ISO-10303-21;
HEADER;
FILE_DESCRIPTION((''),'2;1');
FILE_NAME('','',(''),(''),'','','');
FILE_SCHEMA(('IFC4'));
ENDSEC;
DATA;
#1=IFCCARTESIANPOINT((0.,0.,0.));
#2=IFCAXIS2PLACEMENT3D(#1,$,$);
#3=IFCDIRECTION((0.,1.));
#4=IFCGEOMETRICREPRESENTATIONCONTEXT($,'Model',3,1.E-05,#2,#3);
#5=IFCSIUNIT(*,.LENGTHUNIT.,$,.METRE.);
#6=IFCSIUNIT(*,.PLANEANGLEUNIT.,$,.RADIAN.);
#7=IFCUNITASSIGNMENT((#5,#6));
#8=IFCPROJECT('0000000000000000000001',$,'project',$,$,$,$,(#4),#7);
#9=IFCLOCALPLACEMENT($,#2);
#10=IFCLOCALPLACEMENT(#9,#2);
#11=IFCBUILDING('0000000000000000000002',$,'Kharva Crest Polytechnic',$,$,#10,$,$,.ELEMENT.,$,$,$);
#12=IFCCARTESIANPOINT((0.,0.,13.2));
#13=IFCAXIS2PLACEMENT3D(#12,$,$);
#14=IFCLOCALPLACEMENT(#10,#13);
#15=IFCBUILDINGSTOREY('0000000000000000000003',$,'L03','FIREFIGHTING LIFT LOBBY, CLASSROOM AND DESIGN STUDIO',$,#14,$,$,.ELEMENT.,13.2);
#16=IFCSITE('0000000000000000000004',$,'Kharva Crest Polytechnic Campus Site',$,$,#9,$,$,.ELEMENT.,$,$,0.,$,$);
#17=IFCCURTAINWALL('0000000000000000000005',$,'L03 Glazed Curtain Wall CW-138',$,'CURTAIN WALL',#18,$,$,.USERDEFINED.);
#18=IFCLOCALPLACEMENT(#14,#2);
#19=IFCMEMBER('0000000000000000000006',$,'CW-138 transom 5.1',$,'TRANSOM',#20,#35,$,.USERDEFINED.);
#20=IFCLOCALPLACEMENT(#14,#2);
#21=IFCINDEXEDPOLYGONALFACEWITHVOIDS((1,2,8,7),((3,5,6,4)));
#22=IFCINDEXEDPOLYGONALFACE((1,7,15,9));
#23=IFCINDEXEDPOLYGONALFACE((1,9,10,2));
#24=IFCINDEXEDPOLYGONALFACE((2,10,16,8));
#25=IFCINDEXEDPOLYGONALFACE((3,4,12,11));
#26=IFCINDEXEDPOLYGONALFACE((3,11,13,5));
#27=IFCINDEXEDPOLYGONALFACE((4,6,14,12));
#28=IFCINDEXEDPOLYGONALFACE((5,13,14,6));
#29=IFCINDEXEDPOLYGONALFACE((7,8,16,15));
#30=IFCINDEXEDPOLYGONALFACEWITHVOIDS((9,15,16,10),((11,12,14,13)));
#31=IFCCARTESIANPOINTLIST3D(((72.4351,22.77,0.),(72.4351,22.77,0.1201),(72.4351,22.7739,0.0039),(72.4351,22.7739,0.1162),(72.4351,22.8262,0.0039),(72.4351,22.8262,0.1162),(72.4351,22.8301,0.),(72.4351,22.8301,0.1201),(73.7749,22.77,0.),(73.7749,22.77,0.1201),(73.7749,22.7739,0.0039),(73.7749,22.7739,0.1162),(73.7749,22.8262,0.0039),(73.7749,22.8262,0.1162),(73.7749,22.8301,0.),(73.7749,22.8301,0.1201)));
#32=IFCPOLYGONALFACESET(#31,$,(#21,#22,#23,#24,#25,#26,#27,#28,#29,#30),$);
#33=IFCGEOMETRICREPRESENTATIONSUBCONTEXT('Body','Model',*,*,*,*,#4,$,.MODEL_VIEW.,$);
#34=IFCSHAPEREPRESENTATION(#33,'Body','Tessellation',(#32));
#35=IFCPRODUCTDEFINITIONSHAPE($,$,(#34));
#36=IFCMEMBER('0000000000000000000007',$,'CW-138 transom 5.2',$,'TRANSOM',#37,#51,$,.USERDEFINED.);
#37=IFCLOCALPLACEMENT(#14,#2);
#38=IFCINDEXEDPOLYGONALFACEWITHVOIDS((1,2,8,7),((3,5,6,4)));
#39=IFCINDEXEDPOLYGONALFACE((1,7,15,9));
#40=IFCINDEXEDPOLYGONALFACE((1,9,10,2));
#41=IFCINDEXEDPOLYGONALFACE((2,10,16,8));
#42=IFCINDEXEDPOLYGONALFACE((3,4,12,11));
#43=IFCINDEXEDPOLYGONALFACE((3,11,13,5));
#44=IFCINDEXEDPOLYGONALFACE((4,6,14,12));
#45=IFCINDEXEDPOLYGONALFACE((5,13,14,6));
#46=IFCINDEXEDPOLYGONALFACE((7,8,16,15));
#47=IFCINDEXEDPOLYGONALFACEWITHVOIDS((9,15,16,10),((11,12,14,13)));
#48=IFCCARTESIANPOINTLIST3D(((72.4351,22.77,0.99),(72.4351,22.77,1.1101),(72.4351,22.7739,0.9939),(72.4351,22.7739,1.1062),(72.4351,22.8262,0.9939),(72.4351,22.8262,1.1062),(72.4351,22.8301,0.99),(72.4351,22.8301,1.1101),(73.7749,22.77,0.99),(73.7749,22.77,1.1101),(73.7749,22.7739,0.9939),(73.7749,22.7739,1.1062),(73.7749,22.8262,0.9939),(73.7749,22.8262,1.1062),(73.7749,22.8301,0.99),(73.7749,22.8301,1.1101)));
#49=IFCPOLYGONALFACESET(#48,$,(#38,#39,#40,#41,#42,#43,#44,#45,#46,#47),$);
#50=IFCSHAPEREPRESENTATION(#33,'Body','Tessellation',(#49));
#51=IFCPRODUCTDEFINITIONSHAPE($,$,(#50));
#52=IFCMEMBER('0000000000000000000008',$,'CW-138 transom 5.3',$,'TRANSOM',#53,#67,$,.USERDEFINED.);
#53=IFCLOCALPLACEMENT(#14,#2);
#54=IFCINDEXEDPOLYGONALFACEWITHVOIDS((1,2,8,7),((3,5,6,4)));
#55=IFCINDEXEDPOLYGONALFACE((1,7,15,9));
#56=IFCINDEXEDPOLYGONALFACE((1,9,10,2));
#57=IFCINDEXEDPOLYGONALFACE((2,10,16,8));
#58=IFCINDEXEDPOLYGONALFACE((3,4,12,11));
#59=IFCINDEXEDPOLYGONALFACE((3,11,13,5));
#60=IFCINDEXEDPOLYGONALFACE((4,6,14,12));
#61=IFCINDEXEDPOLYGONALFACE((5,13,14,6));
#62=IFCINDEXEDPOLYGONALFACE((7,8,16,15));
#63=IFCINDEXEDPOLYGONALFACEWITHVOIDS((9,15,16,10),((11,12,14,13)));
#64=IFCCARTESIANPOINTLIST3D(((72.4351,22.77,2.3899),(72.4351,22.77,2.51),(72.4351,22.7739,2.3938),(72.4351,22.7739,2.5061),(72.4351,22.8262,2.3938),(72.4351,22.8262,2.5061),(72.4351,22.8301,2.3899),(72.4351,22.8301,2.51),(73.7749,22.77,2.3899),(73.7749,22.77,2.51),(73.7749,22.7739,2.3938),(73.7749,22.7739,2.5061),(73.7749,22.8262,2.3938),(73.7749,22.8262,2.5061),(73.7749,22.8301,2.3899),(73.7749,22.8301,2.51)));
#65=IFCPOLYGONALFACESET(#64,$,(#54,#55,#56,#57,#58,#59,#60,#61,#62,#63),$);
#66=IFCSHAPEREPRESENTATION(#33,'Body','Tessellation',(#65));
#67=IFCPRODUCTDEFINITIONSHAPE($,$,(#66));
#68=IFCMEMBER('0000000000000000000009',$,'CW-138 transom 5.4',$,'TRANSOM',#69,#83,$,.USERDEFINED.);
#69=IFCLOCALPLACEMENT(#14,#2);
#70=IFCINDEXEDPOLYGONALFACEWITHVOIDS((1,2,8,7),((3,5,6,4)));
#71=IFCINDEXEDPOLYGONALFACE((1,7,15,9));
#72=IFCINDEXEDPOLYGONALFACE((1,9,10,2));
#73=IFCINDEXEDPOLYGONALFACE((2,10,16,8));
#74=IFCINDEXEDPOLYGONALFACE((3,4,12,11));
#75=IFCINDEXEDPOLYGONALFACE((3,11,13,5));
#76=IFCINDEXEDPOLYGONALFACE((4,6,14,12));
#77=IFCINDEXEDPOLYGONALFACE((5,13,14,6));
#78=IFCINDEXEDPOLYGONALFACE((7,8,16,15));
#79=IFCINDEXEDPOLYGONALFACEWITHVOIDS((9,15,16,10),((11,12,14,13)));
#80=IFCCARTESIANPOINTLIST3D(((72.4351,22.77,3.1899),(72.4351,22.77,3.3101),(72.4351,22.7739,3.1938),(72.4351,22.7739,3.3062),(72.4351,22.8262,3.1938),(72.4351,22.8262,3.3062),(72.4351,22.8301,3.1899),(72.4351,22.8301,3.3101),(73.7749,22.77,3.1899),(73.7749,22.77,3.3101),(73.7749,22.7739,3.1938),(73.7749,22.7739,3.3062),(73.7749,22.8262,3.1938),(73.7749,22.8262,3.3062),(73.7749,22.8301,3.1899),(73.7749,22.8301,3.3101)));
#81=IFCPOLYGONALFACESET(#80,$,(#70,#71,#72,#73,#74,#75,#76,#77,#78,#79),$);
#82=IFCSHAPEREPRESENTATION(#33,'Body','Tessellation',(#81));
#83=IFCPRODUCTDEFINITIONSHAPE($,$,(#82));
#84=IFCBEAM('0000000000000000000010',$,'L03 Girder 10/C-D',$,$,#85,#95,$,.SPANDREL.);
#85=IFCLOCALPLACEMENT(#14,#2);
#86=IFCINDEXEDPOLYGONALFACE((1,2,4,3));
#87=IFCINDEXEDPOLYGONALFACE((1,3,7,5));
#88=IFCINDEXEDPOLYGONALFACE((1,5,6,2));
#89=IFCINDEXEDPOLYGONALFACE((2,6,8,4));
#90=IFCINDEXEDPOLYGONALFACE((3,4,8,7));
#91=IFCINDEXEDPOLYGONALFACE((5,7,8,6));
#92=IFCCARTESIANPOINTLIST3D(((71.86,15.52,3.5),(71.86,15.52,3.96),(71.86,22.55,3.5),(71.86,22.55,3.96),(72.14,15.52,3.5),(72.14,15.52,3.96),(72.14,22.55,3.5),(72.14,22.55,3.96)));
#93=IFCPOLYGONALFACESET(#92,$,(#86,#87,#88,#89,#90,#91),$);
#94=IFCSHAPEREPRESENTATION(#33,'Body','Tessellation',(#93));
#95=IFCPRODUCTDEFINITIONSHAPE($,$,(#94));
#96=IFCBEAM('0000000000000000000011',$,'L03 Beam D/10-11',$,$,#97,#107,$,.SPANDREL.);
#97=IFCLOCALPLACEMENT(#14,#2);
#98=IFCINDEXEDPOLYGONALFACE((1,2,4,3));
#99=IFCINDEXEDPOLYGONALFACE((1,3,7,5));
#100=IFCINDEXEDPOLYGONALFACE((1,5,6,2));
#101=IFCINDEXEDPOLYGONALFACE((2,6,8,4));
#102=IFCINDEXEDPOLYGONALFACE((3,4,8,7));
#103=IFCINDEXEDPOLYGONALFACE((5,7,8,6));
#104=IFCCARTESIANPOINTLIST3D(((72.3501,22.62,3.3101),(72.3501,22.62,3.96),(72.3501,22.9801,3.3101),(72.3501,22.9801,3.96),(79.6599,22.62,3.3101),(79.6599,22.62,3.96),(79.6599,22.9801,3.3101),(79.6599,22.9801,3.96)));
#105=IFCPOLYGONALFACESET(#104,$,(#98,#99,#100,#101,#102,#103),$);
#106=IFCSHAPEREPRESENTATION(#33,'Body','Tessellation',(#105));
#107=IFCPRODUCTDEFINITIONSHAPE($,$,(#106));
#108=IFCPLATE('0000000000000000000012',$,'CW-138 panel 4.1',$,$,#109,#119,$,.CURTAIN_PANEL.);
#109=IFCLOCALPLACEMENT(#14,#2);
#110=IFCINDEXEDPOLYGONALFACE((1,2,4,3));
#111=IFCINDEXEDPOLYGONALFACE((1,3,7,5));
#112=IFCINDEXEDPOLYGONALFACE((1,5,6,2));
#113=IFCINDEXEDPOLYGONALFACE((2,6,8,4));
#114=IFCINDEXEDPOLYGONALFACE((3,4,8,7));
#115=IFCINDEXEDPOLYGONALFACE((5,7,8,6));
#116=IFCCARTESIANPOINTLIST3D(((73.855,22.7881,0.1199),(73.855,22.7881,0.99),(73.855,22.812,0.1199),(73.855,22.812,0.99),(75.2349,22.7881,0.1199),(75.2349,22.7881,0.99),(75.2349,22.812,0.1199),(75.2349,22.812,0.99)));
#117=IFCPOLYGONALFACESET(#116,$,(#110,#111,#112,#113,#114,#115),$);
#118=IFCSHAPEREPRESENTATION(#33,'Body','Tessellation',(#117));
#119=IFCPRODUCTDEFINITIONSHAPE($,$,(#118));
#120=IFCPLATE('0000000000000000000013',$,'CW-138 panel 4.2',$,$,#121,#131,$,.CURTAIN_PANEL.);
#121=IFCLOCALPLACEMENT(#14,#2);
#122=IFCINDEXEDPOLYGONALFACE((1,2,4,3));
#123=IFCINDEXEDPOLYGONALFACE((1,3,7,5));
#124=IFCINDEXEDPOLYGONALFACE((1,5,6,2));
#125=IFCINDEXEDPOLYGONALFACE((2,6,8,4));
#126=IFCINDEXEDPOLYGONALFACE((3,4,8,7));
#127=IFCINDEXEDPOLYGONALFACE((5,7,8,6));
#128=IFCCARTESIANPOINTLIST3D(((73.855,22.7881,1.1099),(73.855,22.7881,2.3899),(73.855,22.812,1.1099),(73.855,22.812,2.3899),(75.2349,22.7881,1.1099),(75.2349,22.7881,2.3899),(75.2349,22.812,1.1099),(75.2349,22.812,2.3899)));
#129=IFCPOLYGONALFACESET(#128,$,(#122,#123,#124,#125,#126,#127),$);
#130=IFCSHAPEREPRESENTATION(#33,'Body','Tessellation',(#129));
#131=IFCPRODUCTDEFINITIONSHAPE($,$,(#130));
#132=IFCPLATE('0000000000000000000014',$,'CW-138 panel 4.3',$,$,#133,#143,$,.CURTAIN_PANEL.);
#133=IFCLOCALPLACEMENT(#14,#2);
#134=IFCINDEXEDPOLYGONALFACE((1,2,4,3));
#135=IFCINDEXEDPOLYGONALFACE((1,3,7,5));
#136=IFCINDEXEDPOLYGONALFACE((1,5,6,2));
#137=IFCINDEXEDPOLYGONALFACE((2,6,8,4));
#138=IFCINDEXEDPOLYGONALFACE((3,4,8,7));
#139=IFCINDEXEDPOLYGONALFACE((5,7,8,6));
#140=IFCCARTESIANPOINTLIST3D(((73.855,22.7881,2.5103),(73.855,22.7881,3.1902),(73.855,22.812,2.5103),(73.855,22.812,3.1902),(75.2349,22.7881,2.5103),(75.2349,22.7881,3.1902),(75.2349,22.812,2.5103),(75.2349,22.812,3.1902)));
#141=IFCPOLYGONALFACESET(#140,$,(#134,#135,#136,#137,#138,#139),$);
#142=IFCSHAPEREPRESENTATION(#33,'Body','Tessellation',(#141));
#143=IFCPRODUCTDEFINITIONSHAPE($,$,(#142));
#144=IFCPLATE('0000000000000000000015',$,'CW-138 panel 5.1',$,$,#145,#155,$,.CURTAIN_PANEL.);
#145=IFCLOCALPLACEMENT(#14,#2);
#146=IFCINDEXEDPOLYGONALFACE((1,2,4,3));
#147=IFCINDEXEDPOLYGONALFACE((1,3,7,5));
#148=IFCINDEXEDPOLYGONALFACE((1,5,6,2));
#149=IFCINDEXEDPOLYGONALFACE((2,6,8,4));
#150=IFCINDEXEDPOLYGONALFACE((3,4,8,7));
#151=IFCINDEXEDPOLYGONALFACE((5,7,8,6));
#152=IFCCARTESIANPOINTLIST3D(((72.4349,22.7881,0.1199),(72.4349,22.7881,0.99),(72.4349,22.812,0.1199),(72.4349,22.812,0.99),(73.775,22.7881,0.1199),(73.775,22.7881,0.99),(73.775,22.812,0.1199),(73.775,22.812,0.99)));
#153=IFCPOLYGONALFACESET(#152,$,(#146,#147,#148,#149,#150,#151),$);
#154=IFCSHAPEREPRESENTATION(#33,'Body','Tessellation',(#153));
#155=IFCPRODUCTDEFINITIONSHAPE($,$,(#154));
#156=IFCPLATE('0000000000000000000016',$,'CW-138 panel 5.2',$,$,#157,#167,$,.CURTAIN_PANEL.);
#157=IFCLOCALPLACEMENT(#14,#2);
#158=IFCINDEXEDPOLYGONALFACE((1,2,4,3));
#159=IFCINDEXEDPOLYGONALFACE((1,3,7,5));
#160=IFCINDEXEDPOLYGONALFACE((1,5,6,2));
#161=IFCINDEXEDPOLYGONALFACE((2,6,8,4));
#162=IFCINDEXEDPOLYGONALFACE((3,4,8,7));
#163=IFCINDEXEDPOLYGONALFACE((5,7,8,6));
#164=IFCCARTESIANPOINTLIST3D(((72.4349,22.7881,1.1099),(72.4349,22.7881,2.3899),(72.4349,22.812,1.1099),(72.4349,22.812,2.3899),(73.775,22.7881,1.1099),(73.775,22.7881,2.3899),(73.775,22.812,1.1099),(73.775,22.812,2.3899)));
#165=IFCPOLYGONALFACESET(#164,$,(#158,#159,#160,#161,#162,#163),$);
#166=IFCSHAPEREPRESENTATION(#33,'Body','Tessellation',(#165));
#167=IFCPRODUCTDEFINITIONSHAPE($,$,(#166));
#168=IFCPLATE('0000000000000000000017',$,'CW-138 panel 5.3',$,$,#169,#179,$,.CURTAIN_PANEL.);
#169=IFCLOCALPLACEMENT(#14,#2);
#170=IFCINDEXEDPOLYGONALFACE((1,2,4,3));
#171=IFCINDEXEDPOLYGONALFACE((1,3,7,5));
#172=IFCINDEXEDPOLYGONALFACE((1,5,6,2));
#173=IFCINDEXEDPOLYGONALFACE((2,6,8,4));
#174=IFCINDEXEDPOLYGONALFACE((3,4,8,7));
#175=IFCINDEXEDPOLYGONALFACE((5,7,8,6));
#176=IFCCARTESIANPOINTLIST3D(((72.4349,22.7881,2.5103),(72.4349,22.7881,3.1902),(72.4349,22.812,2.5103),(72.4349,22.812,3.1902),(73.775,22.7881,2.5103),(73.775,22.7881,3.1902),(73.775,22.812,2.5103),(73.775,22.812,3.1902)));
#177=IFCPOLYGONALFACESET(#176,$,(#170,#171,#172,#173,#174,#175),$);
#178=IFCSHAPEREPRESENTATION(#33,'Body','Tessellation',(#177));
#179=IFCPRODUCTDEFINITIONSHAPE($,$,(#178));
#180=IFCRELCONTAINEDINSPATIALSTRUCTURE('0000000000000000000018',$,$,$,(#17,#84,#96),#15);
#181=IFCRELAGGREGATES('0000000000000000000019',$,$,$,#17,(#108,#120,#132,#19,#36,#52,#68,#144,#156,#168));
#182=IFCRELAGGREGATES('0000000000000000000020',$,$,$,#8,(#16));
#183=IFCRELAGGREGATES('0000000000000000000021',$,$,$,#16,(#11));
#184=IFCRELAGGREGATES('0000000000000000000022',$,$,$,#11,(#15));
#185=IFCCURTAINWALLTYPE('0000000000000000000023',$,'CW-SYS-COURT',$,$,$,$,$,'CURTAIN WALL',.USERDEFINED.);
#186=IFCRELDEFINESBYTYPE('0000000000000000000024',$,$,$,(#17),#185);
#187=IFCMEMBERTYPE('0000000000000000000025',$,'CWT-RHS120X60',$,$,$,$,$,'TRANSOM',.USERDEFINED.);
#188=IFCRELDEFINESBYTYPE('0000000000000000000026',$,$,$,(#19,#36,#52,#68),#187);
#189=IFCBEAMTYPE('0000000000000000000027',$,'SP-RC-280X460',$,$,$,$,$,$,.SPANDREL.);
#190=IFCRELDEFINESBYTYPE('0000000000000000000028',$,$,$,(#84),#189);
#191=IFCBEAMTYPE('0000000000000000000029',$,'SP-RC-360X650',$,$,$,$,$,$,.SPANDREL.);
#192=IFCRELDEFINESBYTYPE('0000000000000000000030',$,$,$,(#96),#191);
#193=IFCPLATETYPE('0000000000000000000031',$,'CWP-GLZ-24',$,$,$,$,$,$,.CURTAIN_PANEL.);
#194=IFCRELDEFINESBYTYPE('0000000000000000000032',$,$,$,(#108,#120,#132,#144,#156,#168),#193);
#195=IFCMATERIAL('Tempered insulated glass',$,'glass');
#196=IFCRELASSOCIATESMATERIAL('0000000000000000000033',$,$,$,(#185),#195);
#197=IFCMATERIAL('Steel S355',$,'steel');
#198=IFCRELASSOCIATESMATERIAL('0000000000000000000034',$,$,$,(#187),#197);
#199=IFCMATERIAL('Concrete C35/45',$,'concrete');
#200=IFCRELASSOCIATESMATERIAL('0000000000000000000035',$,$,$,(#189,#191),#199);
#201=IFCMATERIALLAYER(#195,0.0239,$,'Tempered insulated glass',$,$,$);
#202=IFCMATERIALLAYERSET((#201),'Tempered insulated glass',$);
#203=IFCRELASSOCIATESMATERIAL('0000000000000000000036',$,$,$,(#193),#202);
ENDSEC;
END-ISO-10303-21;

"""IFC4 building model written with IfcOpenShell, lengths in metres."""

from ifc_helpers import new_model, si_unit, direction, frame, origin, origin_2d, place, context, subcontext, project, spatial, rectangle, hollow_rectangle, extrude, material, layer, layer_set, material_profile, profile_set, type_object, element, aggregate, save


model = new_model("IFC4")

# Units and contexts
model_context = context("Model", 3, precision=1e-05, world=origin(), true_north=direction((0.0, 1.0)))
body_context = subcontext(model_context, "Body", "Model", "MODEL_VIEW")
ifc_project = project(units=[si_unit("LENGTHUNIT", "METRE"), si_unit("PLANEANGLEUNIT", "RADIAN")], contexts=[model_context])

# Site, building, storey
site_placement = place(None, origin())
site = spatial("IfcSite", under=ifc_project, at=site_placement, Name="Kharva Crest Polytechnic Campus Site", CompositionType="ELEMENT", RefElevation=0.0)
building_placement = place(site_placement, origin())
building = spatial("IfcBuilding", under=site, at=building_placement, Name="Kharva Crest Polytechnic", CompositionType="ELEMENT")
storey_placement = place(building_placement, frame((0.0, 0.0, 13.2)))
storey = spatial("IfcBuildingStorey", under=building, at=storey_placement, Name="L03", Description="FIREFIGHTING LIFT LOBBY, CLASSROOM AND DESIGN STUDIO", CompositionType="ELEMENT", Elevation=13.2)

# Shared definitions
ifc_material_1 = material(Name="Concrete C35/45", Category="concrete")

# Shared definitions
ifc_material_2 = material(Name="Tempered insulated glass", Category="glass")
curtain_wall_type = type_object("IfcCurtainWallType", Name="CW-SYS-COURT", ElementType="CURTAIN WALL", PredefinedType="USERDEFINED", material=ifc_material_2)
ifc_material_3 = material(Name="Steel S355", Category="steel")

# Curtain wall
curtain_wall_1_placement = place(storey_placement, origin())
curtain_wall_1 = element("IfcCurtainWall", 1, at=curtain_wall_1_placement, inside=storey, type_object=curtain_wall_type, Name="L03 Glazed Curtain Wall CW-138", ObjectType="CURTAIN WALL", PredefinedType="USERDEFINED")

# Members
ifc_material_profile_1 = material_profile(ifc_material_3, hollow_rectangle(XDim=0.0601, YDim=0.1201, WallThickness=0.0039, at=origin_2d()), Name="RHS 120X60X4.0")
ifc_profile_set_1 = profile_set([ifc_material_profile_1], Name="Steel S355")
member_type_1 = type_object("IfcMemberType", Name="CWT-RHS120X60", ElementType="TRANSOM", PredefinedType="USERDEFINED", material=ifc_profile_set_1)
member_1_placement = place(storey_placement, frame((73.7749, 22.8, 0.0601), z_axis=(-1.0, 0.0, 0.0), x_axis=(0.0, -1.0, 0.0)))
member_1 = element("IfcMember", 2, at=member_1_placement, type_object=member_type_1, Name="CW-138 transom 5.1", ObjectType="TRANSOM", PredefinedType="USERDEFINED", context=body_context, shape_type="SweptSolid", body=[
    extrude(hollow_rectangle(XDim=0.0601, YDim=0.1201, WallThickness=0.0039, at=origin_2d()), origin(), (0.0, 0.0, 1.0), 1.3398),
])
member_2_placement = place(storey_placement, frame((73.7749, 22.8, 1.05), z_axis=(-1.0, 0.0, 0.0), x_axis=(0.0, -1.0, 0.0)))
member_2 = element("IfcMember", 3, at=member_2_placement, type_object=member_type_1, Name="CW-138 transom 5.2", ObjectType="TRANSOM", PredefinedType="USERDEFINED", context=body_context, shape_type="SweptSolid", body=[
    extrude(hollow_rectangle(XDim=0.0601, YDim=0.1201, WallThickness=0.0039, at=origin_2d()), origin(), (0.0, 0.0, 1.0), 1.3398),
])
member_3_placement = place(storey_placement, frame((73.7749, 22.8, 2.45), z_axis=(-1.0, 0.0, 0.0), x_axis=(0.0, -1.0, 0.0)))
member_3 = element("IfcMember", 4, at=member_3_placement, type_object=member_type_1, Name="CW-138 transom 5.3", ObjectType="TRANSOM", PredefinedType="USERDEFINED", context=body_context, shape_type="SweptSolid", body=[
    extrude(hollow_rectangle(XDim=0.0601, YDim=0.1201, WallThickness=0.0039, at=origin_2d()), origin(), (0.0, 0.0, 1.0), 1.3398),
])
member_4_placement = place(storey_placement, frame((73.7749, 22.8, 3.25), z_axis=(-1.0, 0.0, 0.0), x_axis=(0.0, -1.0, 0.0)))
member_4 = element("IfcMember", 5, at=member_4_placement, type_object=member_type_1, Name="CW-138 transom 5.4", ObjectType="TRANSOM", PredefinedType="USERDEFINED", context=body_context, shape_type="SweptSolid", body=[
    extrude(hollow_rectangle(XDim=0.0601, YDim=0.1201, WallThickness=0.0039, at=origin_2d()), origin(), (0.0, 0.0, 1.0), 1.3398),
])

# Beams
ifc_material_profile_2 = material_profile(ifc_material_1, rectangle(XDim=0.28, YDim=0.46, at=origin_2d()), Name="RECT 280 X 460")
ifc_profile_set_2 = profile_set([ifc_material_profile_2], Name="Concrete C35/45")
beam_type_1 = type_object("IfcBeamType", Name="SP-RC-280X460", PredefinedType="SPANDREL", material=ifc_profile_set_2)
beam_1_placement = place(storey_placement, frame((72.0, 15.52, 3.73), z_axis=(0.0, 1.0, 0.0), x_axis=(-1.0, 0.0, 0.0)))
element("IfcBeam", 6, at=beam_1_placement, inside=storey, type_object=beam_type_1, Name="L03 Girder 10/C-D", PredefinedType="SPANDREL", context=body_context, shape_type="SweptSolid", body=[
    extrude(rectangle(XDim=0.28, YDim=0.46, at=origin_2d()), origin(), (0.0, 0.0, 1.0), 7.03),
])
ifc_material_profile_3 = material_profile(ifc_material_1, rectangle(XDim=0.3601, YDim=0.6499, at=origin_2d()), Name="RECT 360 X 650")
ifc_profile_set_3 = profile_set([ifc_material_profile_3], Name="Concrete C35/45")
beam_type_2 = type_object("IfcBeamType", Name="SP-RC-360X650", PredefinedType="SPANDREL", material=ifc_profile_set_3)
beam_2_placement = place(storey_placement, frame((72.3501, 22.8, 3.635), z_axis=(1.0, 0.0, 0.0), x_axis=(0.0, 1.0, 0.0)))
element("IfcBeam", 7, at=beam_2_placement, inside=storey, type_object=beam_type_2, Name="L03 Beam D/10-11", PredefinedType="SPANDREL", context=body_context, shape_type="SweptSolid", body=[
    extrude(rectangle(XDim=0.3601, YDim=0.6499, at=origin_2d()), origin(), (0.0, 0.0, 1.0), 7.3098),
])

# Plates
ifc_layer_1 = layer(ifc_material_2, 0.0239, Name="Tempered insulated glass")
ifc_layer_set_1 = layer_set([ifc_layer_1], Name="Tempered insulated glass")
plate_type = type_object("IfcPlateType", Name="CWP-GLZ-24", PredefinedType="CURTAIN_PANEL", material=ifc_layer_set_1)
plate_1_placement = place(storey_placement, frame((74.5449, 22.8, 0.1199), z_axis=(0.0, 0.0, 1.0), x_axis=(-1.0, 0.0, 0.0)))
plate_1 = element("IfcPlate", 8, at=plate_1_placement, type_object=plate_type, Name="CW-138 panel 4.1", PredefinedType="CURTAIN_PANEL", context=body_context, shape_type="SweptSolid", body=[
    extrude(rectangle(XDim=1.3799, YDim=0.0239, at=origin_2d()), origin(), (0.0, 0.0, 1.0), 0.8701),
])
plate_2_placement = place(storey_placement, frame((74.5449, 22.8, 1.1099), z_axis=(0.0, 0.0, 1.0), x_axis=(-1.0, 0.0, 0.0)))
plate_2 = element("IfcPlate", 9, at=plate_2_placement, type_object=plate_type, Name="CW-138 panel 4.2", PredefinedType="CURTAIN_PANEL", context=body_context, shape_type="SweptSolid", body=[
    extrude(rectangle(XDim=1.3799, YDim=0.0239, at=origin_2d()), origin(), (0.0, 0.0, 1.0), 1.28),
])
plate_3_placement = place(storey_placement, frame((74.5449, 22.8, 2.5103), z_axis=(0.0, 0.0, 1.0), x_axis=(-1.0, 0.0, 0.0)))
plate_3 = element("IfcPlate", 10, at=plate_3_placement, type_object=plate_type, Name="CW-138 panel 4.3", PredefinedType="CURTAIN_PANEL", context=body_context, shape_type="SweptSolid", body=[
    extrude(rectangle(XDim=1.3799, YDim=0.0239, at=origin_2d()), origin(), (0.0, 0.0, 1.0), 0.6799),
])
plate_4_placement = place(storey_placement, frame((73.105, 22.8, 0.1199), z_axis=(0.0, 0.0, 1.0), x_axis=(-1.0, 0.0, 0.0)))
plate_4 = element("IfcPlate", 11, at=plate_4_placement, type_object=plate_type, Name="CW-138 panel 5.1", PredefinedType="CURTAIN_PANEL", context=body_context, shape_type="SweptSolid", body=[
    extrude(rectangle(XDim=1.3401, YDim=0.0239, at=origin_2d()), origin(), (0.0, 0.0, 1.0), 0.8701),
])
plate_5_placement = place(storey_placement, frame((73.105, 22.8, 1.1099), z_axis=(0.0, 0.0, 1.0), x_axis=(-1.0, 0.0, 0.0)))
plate_5 = element("IfcPlate", 12, at=plate_5_placement, type_object=plate_type, Name="CW-138 panel 5.2", PredefinedType="CURTAIN_PANEL", context=body_context, shape_type="SweptSolid", body=[
    extrude(rectangle(XDim=1.3401, YDim=0.0239, at=origin_2d()), origin(), (0.0, 0.0, 1.0), 1.28),
])
plate_6_placement = place(storey_placement, frame((73.105, 22.8, 2.5103), z_axis=(0.0, 0.0, 1.0), x_axis=(-1.0, 0.0, 0.0)))
plate_6 = element("IfcPlate", 13, at=plate_6_placement, type_object=plate_type, Name="CW-138 panel 5.3", PredefinedType="CURTAIN_PANEL", context=body_context, shape_type="SweptSolid", body=[
    extrude(rectangle(XDim=1.3401, YDim=0.0239, at=origin_2d()), origin(), (0.0, 0.0, 1.0), 0.6799),
])
aggregate(curtain_wall_1, [plate_1, plate_2, plate_3, member_1, member_2, member_3, member_4, plate_4, plate_5, plate_6])

save(model, "model.ifc")
